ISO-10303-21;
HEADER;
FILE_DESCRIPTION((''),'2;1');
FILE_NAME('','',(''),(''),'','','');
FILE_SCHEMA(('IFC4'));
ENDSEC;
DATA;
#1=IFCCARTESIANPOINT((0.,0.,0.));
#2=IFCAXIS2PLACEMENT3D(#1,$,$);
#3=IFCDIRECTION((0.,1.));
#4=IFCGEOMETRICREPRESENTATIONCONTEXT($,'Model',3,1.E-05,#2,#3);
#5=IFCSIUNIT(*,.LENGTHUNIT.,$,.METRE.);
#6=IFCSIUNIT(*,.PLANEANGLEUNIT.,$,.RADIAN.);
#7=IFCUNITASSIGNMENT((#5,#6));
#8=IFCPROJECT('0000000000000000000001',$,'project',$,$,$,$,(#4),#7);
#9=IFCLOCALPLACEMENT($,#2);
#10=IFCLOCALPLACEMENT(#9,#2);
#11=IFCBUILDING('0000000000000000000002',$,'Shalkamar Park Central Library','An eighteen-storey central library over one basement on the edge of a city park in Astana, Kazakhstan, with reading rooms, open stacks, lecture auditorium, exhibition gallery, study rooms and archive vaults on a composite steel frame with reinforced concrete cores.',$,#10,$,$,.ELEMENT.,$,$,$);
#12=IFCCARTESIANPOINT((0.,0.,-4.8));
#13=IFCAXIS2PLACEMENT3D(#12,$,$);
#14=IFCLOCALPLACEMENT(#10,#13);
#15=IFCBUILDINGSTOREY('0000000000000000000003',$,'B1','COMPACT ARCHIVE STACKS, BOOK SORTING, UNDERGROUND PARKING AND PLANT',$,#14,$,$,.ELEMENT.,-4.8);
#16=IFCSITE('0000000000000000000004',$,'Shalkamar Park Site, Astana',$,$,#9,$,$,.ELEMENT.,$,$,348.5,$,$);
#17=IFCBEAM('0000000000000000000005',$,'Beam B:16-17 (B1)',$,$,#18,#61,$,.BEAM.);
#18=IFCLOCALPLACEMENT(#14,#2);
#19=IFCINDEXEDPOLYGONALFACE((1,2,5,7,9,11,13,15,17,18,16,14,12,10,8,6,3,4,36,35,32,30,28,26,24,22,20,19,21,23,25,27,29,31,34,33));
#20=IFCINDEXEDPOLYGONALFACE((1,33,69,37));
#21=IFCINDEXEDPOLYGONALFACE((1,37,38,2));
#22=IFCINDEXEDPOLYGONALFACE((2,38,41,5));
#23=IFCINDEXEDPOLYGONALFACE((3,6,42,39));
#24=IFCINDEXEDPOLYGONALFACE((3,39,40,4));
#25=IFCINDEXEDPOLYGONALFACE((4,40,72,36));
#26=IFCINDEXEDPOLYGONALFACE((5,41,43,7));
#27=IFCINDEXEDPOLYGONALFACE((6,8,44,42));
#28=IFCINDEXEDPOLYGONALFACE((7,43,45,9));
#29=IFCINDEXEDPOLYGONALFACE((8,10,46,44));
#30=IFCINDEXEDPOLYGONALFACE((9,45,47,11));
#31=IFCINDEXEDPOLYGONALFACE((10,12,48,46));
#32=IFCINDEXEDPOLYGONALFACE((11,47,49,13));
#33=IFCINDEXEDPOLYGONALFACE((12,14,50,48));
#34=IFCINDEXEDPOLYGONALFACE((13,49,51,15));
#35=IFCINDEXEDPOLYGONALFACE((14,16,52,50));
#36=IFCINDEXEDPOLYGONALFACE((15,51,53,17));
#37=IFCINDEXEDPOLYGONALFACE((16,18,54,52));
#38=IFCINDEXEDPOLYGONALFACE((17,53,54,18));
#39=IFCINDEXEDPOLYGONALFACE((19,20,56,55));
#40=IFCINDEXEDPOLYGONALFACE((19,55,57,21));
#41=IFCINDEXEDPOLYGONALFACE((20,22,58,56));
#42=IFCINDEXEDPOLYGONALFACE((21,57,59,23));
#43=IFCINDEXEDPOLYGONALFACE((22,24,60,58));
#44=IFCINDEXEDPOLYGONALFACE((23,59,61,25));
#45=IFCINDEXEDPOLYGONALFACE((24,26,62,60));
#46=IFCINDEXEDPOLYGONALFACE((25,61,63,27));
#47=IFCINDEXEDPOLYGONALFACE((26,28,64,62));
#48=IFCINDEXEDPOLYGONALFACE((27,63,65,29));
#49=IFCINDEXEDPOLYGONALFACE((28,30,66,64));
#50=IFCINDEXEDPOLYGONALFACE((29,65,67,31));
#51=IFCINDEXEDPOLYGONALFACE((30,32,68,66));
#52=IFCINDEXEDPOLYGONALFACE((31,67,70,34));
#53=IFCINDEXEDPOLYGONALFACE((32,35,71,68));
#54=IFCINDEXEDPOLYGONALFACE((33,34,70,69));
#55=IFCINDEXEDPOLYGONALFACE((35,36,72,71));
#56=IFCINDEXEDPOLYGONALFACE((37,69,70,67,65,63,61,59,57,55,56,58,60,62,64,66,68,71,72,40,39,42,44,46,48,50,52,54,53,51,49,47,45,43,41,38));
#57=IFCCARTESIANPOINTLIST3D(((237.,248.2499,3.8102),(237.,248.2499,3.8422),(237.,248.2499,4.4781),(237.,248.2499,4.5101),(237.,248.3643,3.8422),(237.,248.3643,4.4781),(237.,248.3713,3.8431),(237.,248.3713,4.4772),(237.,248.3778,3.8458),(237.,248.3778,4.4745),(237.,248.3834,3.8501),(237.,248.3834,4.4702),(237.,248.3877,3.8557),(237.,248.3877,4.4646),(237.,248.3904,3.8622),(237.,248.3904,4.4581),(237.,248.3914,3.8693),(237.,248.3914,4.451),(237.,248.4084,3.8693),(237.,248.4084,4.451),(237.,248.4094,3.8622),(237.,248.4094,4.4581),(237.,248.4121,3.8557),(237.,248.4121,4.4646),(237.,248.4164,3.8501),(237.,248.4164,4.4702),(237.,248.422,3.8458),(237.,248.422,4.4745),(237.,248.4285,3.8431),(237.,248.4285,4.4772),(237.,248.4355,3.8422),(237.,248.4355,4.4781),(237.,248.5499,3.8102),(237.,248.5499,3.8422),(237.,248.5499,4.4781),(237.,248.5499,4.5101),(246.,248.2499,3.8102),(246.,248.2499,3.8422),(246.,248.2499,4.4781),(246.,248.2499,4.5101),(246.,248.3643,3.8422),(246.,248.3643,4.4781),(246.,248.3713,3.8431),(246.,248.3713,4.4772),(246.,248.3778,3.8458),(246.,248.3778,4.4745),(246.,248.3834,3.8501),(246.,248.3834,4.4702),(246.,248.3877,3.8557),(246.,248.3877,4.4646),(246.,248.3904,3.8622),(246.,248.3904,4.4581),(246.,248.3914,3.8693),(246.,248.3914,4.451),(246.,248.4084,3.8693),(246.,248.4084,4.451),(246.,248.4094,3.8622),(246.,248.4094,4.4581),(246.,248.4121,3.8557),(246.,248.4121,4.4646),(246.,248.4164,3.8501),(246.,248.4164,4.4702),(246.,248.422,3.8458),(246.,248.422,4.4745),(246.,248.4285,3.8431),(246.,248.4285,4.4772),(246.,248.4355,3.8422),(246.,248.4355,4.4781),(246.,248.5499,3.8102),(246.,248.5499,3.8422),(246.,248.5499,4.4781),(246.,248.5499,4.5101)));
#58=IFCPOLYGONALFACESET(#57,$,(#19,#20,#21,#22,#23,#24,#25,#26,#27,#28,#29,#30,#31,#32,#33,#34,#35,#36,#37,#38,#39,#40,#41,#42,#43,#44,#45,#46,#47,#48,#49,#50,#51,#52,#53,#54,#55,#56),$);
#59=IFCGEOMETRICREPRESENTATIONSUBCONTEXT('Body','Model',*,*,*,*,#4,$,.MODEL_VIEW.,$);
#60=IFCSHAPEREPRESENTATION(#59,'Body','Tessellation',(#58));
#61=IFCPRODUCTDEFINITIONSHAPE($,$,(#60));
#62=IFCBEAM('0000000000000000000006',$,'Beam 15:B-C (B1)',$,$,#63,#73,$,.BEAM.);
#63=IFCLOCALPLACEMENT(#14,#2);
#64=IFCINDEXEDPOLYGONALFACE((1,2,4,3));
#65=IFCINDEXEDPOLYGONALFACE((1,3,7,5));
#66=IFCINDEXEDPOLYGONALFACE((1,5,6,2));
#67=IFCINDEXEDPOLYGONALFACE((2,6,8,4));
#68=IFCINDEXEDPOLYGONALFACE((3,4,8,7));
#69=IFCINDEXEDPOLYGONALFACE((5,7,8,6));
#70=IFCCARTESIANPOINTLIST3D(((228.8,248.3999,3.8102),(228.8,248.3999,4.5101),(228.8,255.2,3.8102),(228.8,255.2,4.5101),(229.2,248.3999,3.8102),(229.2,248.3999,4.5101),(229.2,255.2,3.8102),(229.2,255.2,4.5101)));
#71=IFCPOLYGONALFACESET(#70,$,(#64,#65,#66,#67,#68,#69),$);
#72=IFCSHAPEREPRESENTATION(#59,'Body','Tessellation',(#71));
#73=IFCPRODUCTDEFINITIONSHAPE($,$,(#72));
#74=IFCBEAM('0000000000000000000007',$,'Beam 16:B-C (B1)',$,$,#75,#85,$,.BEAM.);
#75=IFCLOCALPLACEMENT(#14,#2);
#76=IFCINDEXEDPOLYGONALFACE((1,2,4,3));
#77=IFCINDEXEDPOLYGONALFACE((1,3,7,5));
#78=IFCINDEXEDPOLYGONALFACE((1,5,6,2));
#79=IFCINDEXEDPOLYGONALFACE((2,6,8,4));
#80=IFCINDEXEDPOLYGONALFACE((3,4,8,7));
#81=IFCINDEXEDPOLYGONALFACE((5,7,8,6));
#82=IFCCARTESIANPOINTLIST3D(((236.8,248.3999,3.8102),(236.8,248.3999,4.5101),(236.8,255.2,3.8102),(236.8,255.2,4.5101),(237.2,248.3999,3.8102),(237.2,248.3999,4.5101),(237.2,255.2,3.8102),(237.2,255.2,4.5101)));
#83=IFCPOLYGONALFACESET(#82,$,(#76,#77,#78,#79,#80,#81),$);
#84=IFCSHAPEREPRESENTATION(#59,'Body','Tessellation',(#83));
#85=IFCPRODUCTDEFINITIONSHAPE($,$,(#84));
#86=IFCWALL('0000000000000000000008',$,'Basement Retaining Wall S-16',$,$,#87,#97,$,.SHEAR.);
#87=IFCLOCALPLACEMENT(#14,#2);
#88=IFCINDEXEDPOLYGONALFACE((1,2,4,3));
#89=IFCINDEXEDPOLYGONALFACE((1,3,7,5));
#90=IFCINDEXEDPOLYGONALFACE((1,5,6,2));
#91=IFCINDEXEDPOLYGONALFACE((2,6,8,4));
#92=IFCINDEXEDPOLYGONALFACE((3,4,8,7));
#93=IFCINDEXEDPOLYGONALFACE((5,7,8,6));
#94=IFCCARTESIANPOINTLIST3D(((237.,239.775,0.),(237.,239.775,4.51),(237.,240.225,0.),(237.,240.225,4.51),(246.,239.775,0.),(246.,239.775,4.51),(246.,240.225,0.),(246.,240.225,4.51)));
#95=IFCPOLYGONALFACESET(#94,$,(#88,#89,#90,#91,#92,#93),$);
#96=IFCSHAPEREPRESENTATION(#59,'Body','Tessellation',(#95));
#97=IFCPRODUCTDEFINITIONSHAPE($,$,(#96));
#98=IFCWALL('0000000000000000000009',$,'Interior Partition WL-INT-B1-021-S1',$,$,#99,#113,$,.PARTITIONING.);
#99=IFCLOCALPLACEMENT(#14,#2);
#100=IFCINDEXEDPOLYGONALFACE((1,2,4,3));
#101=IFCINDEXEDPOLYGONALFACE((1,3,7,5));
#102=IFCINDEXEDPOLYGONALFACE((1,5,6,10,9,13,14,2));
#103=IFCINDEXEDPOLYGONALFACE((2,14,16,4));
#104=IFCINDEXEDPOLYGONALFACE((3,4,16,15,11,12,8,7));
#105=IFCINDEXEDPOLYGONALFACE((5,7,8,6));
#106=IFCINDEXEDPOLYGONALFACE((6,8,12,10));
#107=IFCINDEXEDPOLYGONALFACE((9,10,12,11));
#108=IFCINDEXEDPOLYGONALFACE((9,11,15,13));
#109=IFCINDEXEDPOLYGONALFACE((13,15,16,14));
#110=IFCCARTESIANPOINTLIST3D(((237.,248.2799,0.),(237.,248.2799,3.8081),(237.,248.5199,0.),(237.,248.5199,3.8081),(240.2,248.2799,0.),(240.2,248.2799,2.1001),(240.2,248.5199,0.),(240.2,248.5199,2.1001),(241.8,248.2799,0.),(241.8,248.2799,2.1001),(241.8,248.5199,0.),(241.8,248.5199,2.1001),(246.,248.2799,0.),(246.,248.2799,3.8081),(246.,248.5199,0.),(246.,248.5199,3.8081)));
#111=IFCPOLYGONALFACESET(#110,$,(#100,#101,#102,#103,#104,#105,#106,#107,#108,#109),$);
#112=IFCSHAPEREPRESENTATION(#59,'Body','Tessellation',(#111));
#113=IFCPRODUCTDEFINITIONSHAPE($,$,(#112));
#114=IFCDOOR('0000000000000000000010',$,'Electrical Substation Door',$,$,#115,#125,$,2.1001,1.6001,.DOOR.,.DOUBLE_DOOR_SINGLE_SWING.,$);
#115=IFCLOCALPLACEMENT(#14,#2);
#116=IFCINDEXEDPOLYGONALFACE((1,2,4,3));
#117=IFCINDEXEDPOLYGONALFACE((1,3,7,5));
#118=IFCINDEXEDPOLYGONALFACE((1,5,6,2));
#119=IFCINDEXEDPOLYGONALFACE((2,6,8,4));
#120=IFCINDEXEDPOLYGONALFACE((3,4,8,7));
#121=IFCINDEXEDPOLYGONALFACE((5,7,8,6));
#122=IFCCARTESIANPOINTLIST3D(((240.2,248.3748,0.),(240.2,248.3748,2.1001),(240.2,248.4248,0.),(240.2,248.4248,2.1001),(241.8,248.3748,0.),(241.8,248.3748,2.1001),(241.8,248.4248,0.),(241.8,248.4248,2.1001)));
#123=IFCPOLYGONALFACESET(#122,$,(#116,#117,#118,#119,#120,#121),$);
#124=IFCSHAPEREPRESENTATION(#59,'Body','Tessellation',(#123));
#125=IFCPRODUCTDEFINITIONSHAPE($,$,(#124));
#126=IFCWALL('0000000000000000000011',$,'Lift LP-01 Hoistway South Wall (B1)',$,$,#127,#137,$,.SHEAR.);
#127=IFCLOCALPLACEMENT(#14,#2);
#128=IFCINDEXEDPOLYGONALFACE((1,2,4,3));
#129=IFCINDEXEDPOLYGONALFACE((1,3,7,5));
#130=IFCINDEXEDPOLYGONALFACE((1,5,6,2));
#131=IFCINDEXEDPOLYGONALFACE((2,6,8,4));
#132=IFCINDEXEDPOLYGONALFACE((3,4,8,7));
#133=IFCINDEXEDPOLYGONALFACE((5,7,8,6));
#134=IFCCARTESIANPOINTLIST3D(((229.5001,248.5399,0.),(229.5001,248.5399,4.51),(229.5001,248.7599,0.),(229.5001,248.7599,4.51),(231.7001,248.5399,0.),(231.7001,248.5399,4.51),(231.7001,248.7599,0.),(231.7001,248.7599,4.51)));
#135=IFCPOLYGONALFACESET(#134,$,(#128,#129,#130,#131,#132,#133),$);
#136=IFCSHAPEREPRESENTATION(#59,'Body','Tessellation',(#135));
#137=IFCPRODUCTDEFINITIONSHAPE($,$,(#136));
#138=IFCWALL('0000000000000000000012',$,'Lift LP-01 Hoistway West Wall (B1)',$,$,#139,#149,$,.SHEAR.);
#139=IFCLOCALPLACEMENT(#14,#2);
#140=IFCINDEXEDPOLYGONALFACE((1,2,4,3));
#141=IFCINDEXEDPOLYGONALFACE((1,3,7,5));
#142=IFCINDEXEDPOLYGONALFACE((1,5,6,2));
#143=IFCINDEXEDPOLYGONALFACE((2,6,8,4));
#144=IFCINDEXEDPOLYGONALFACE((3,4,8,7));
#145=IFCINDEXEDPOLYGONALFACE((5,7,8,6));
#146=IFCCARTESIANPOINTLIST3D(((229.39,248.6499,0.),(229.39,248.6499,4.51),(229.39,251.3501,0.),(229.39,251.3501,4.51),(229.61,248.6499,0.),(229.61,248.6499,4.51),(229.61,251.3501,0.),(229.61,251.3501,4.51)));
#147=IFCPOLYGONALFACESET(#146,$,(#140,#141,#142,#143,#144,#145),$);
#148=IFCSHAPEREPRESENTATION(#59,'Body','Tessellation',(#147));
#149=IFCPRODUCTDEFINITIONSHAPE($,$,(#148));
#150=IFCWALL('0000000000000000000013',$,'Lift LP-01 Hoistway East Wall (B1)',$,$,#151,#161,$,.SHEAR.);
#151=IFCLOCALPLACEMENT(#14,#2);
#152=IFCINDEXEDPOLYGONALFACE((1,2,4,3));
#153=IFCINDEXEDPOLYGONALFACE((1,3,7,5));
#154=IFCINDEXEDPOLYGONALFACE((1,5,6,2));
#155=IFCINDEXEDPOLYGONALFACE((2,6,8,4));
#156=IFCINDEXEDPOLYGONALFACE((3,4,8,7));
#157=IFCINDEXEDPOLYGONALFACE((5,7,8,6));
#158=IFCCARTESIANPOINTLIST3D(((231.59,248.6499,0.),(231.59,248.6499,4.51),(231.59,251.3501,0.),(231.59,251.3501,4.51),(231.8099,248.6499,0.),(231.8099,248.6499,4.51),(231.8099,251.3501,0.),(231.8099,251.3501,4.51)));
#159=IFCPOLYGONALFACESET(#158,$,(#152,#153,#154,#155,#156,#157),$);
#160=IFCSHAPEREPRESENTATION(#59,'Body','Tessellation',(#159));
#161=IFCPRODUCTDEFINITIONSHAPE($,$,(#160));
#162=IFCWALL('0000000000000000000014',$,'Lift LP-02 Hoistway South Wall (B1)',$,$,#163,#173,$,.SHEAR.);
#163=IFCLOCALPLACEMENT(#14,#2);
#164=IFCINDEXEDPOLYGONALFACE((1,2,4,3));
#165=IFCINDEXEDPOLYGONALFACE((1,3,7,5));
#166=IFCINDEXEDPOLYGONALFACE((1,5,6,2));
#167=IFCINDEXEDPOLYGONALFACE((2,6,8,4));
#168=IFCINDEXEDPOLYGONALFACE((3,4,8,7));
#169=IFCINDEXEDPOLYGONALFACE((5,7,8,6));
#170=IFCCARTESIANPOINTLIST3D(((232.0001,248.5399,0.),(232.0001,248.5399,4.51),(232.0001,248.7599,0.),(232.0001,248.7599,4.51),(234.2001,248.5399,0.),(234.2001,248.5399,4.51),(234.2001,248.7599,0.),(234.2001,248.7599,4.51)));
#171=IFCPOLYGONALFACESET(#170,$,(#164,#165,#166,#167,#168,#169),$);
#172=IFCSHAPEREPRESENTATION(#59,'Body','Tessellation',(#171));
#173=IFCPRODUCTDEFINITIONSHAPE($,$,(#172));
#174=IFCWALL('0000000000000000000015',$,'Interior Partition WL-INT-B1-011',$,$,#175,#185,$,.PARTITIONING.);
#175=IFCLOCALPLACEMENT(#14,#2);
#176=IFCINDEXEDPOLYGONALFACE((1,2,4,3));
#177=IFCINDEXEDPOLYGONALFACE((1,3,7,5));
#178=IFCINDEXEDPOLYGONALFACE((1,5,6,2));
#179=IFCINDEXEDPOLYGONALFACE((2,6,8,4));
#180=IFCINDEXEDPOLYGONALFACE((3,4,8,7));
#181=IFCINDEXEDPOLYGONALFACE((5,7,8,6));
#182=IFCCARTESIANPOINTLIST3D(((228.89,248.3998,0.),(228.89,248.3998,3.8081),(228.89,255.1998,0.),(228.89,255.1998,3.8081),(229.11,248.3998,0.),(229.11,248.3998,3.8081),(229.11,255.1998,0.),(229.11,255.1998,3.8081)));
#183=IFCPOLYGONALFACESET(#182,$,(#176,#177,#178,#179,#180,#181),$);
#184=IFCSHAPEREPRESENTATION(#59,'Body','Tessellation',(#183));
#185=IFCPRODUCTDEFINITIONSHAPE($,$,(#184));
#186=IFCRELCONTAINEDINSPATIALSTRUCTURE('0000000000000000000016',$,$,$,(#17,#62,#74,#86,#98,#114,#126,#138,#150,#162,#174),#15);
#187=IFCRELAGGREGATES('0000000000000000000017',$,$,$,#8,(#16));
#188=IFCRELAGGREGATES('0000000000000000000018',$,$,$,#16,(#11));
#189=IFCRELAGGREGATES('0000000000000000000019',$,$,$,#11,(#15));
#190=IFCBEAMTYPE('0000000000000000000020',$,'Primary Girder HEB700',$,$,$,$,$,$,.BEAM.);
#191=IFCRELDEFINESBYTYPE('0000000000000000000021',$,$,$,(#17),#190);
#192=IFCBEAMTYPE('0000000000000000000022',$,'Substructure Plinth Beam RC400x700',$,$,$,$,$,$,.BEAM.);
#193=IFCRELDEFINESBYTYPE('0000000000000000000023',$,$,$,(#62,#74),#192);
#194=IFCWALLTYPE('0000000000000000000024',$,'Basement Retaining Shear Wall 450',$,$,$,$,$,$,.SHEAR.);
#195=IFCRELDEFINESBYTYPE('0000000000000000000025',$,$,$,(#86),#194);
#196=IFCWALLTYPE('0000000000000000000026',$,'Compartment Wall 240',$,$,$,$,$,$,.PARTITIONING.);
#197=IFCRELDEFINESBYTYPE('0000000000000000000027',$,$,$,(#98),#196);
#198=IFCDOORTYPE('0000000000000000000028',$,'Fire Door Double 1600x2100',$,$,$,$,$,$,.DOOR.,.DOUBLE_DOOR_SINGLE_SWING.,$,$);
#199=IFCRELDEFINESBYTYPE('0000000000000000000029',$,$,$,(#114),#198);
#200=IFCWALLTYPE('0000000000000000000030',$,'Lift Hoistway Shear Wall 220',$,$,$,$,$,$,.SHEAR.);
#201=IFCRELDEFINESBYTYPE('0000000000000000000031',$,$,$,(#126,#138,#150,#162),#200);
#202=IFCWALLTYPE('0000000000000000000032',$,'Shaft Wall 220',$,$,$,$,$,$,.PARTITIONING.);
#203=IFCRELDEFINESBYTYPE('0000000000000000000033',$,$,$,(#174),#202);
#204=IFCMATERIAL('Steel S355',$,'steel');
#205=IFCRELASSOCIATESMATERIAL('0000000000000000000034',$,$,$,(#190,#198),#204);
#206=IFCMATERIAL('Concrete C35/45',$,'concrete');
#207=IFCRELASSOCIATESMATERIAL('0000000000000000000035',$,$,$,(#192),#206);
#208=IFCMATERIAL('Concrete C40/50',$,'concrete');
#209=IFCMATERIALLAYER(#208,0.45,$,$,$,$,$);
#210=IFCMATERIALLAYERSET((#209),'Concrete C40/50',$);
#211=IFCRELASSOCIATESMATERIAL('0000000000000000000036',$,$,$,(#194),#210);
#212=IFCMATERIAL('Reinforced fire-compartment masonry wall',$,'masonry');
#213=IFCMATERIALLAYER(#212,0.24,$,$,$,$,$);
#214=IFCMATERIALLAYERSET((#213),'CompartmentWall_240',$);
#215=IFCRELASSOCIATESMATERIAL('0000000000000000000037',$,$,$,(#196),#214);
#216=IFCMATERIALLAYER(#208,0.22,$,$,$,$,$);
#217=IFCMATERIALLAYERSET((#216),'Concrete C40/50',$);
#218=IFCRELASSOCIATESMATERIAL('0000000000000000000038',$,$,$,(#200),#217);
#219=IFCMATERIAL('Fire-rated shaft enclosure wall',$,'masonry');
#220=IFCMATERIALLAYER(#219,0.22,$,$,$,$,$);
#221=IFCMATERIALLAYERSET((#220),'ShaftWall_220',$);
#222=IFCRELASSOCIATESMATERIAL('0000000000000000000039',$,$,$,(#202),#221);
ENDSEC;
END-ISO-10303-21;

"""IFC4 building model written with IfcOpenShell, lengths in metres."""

from ifc_helpers import new_model, si_unit, direction, frame, frame_2d, origin, origin_2d, place, context, subcontext, project, spatial, rectangle, i_section, extrude, material, layer, layer_set, material_profile, profile_set, type_object, element, fill, save


model = new_model("IFC4")

# Units and contexts
model_context = context("Model", 3, precision=1e-05, world=origin(), true_north=direction((0.0, 1.0)))
body_context = subcontext(model_context, "Body", "Model", "MODEL_VIEW")
ifc_project = project(units=[si_unit("LENGTHUNIT", "METRE"), si_unit("PLANEANGLEUNIT", "RADIAN")], contexts=[model_context])

# Site, building, storey
site_placement = place(None, origin())
site = spatial("IfcSite", under=ifc_project, at=site_placement, Name="Shalkamar Park Site, Astana", CompositionType="ELEMENT", RefElevation=348.5)
building_placement = place(site_placement, origin())
building = spatial("IfcBuilding", under=site, at=building_placement, Name="Shalkamar Park Central Library", Description="An eighteen-storey central library over one basement on the edge of a city park in Astana, Kazakhstan, with reading rooms, open stacks, lecture auditorium, exhibition gallery, study rooms and archive vaults on a composite steel frame with reinforced concrete cores.", CompositionType="ELEMENT")
storey_placement = place(building_placement, frame((0.0, 0.0, -4.8)))
storey = spatial("IfcBuildingStorey", under=building, at=storey_placement, Name="B1", Description="COMPACT ARCHIVE STACKS, BOOK SORTING, UNDERGROUND PARKING AND PLANT", CompositionType="ELEMENT", Elevation=-4.8)

# Shared definitions
ifc_material_1 = material(Name="Concrete C35/45", Category="concrete")

# Shared definitions
ifc_material_2 = material(Name="Concrete C40/50", Category="concrete")
ifc_material_3 = material(Name="Steel S355", Category="steel")

# Beams
ifc_material_profile_1 = material_profile(ifc_material_3, i_section(OverallWidth=0.3, OverallDepth=0.7, WebThickness=0.0171, FlangeThickness=0.032, FilletRadius=0.0271, at=origin_2d()), Name="HEB 700")
ifc_profile_set_1 = profile_set([ifc_material_profile_1], Name="Steel S355")
beam_type_1 = type_object("IfcBeamType", Name="Primary Girder HEB700", PredefinedType="BEAM", material=ifc_profile_set_1)
for number, where, z_axis, x_axis, name in (
    (1, (237.0, 248.3999, 4.1602), (1.0, 0.0, 0.0), (0.0, 1.0, 0.0), "Beam B:16-17 (B1)"),
):
    element("IfcBeam", number, at=place(storey_placement, frame(where, z_axis=z_axis, x_axis=x_axis)), inside=storey, type_object=beam_type_1, Name=name, PredefinedType="BEAM", context=body_context, shape_type="SweptSolid", body=[
        extrude(i_section(OverallWidth=0.3, OverallDepth=0.7, WebThickness=0.0171, FlangeThickness=0.032, FilletRadius=0.0271, at=origin_2d()), origin(), (0.0, 0.0, 1.0), 9.0),
    ])
ifc_material_profile_2 = material_profile(ifc_material_1, rectangle(XDim=0.3999, YDim=0.7, at=origin_2d()), Name="RC 400x700")
ifc_profile_set_2 = profile_set([ifc_material_profile_2], Name="Concrete C35/45")
beam_type_2 = type_object("IfcBeamType", Name="Substructure Plinth Beam RC400x700", PredefinedType="BEAM", material=ifc_profile_set_2)
for number, where, z_axis, x_axis, name in (
    (2, (229.0, 248.3999, 4.1602), (0.0, 1.0, 0.0), (-1.0, 0.0, 0.0), "Beam 15:B-C (B1)"),
    (3, (237.0, 248.3999, 4.1602), (0.0, 1.0, 0.0), (-1.0, 0.0, 0.0), "Beam 16:B-C (B1)"),
):
    element("IfcBeam", number, at=place(storey_placement, frame(where, z_axis=z_axis, x_axis=x_axis)), inside=storey, type_object=beam_type_2, Name=name, PredefinedType="BEAM", context=body_context, shape_type="SweptSolid", body=[
        extrude(rectangle(XDim=0.3999, YDim=0.7, at=origin_2d()), origin(), (0.0, 0.0, 1.0), 6.8),
    ])

# Wall
ifc_layer_1 = layer(ifc_material_2, 0.45)
ifc_layer_set_1 = layer_set([ifc_layer_1], Name="Concrete C40/50")
wall_type_1 = type_object("IfcWallType", Name="Basement Retaining Shear Wall 450", PredefinedType="SHEAR", material=ifc_layer_set_1)
wall_1_placement = place(storey_placement, frame((237.0, 240.0, 0.0), z_axis=(0.0, 0.0, 1.0), x_axis=(1.0, 0.0, 0.0)))
element("IfcWall", 4, at=wall_1_placement, inside=storey, type_object=wall_type_1, Name="Basement Retaining Wall S-16", PredefinedType="SHEAR", context=body_context, shape_type="SweptSolid", body=[
    extrude(rectangle(XDim=9.0, YDim=0.45, at=frame_2d((4.5, 0.0))), origin(), (0.0, 0.0, 1.0), 4.51),
])

# Wall, opening, door
ifc_material_4 = material(Name="Reinforced fire-compartment masonry wall", Category="masonry")
ifc_layer_2 = layer(ifc_material_4, 0.24)
ifc_layer_set_2 = layer_set([ifc_layer_2], Name="CompartmentWall_240")
wall_type_2 = type_object("IfcWallType", Name="Compartment Wall 240", PredefinedType="PARTITIONING", material=ifc_layer_set_2)
wall_2_placement = place(storey_placement, frame((237.0, 248.3999, 0.0), z_axis=(0.0, 0.0, 1.0), x_axis=(1.0, 0.0, 0.0)))
wall_2 = element("IfcWall", 5, at=wall_2_placement, inside=storey, type_object=wall_type_2, Name="Interior Partition WL-INT-B1-021-S1", PredefinedType="PARTITIONING", context=body_context, shape_type="SweptSolid", body=[
    extrude(rectangle(XDim=9.0, YDim=0.24, at=frame_2d((4.5, 0.0))), origin(), (0.0, 0.0, 1.0), 3.8081),
])
opening_placement = place(wall_2_placement, frame((3.2, 0.0, 0.0)))
opening = element("IfcOpeningElement", 6, at=opening_placement, cuts=wall_2, PredefinedType="OPENING", context=body_context, shape_type="SweptSolid", body=[
    extrude(rectangle(XDim=1.6001, YDim=2.1001, at=frame_2d((0.8, 1.05))), frame((0.0, 0.1348, 0.0), z_axis=(0.0, -1.0, 0.0), x_axis=(1.0, 0.0, 0.0)), (0.0, 0.0, 1.0), 0.2698),
])
door_type = type_object("IfcDoorType", Name="Fire Door Double 1600x2100", OperationType="DOUBLE_DOOR_SINGLE_SWING", PredefinedType="DOOR", material=ifc_material_3)
door_placement = place(opening_placement, origin())
door = element("IfcDoor", 7, at=door_placement, inside=storey, type_object=door_type, Name="Electrical Substation Door", OperationType="DOUBLE_DOOR_SINGLE_SWING", OverallHeight=2.1001, OverallWidth=1.6001, PredefinedType="DOOR", context=body_context, shape_type="SweptSolid", body=[
    extrude(rectangle(XDim=1.6001, YDim=2.1001, at=frame_2d((0.8, 1.05))), frame((0.0, 0.0249, 0.0), z_axis=(0.0, -1.0, 0.0), x_axis=(1.0, 0.0, 0.0)), (0.0, 0.0, 1.0), 0.05),
])
fill(opening, door)

# Walls
ifc_layer_3 = layer(ifc_material_2, 0.22)
ifc_layer_set_3 = layer_set([ifc_layer_3], Name="Concrete C40/50")
wall_type_3 = type_object("IfcWallType", Name="Lift Hoistway Shear Wall 220", PredefinedType="SHEAR", material=ifc_layer_set_3)
wall_3_placement = place(storey_placement, frame((229.5, 248.6499, 0.0), z_axis=(0.0, 0.0, 1.0), x_axis=(1.0, 0.0, 0.0)))
element("IfcWall", 8, at=wall_3_placement, inside=storey, type_object=wall_type_3, Name="Lift LP-01 Hoistway South Wall (B1)", PredefinedType="SHEAR", context=body_context, shape_type="SweptSolid", body=[
    extrude(rectangle(XDim=2.2, YDim=0.22, at=frame_2d((1.1001, 0.0))), origin(), (0.0, 0.0, 1.0), 4.51),
])
for number, where, z_axis, x_axis, name in (
    (9, (229.5, 248.6499, 0.0), (0.0, 0.0, 1.0), (0.0, 1.0, 0.0), "Lift LP-01 Hoistway West Wall (B1)"),
    (10, (231.7, 248.6499, 0.0), (0.0, 0.0, 1.0), (0.0, 1.0, 0.0), "Lift LP-01 Hoistway East Wall (B1)"),
):
    element("IfcWall", number, at=place(storey_placement, frame(where, z_axis=z_axis, x_axis=x_axis)), inside=storey, type_object=wall_type_3, Name=name, PredefinedType="SHEAR", context=body_context, shape_type="SweptSolid", body=[
        extrude(rectangle(XDim=2.7002, YDim=0.22, at=frame_2d((1.3501, 0.0))), origin(), (0.0, 0.0, 1.0), 4.51),
    ])
wall_4_placement = place(storey_placement, frame((232.0, 248.6499, 0.0), z_axis=(0.0, 0.0, 1.0), x_axis=(1.0, 0.0, 0.0)))
element("IfcWall", 11, at=wall_4_placement, inside=storey, type_object=wall_type_3, Name="Lift LP-02 Hoistway South Wall (B1)", PredefinedType="SHEAR", context=body_context, shape_type="SweptSolid", body=[
    extrude(rectangle(XDim=2.2, YDim=0.22, at=frame_2d((1.1001, 0.0))), origin(), (0.0, 0.0, 1.0), 4.51),
])
ifc_material_5 = material(Name="Fire-rated shaft enclosure wall", Category="masonry")
ifc_layer_4 = layer(ifc_material_5, 0.22)
ifc_layer_set_4 = layer_set([ifc_layer_4], Name="ShaftWall_220")
wall_type_4 = type_object("IfcWallType", Name="Shaft Wall 220", PredefinedType="PARTITIONING", material=ifc_layer_set_4)
for number, where, z_axis, x_axis, name in (
    (12, (229.0, 248.3999, 0.0), (0.0, 0.0, 1.0), (0.0, 1.0, 0.0), "Interior Partition WL-INT-B1-011"),
):
    element("IfcWall", number, at=place(storey_placement, frame(where, z_axis=z_axis, x_axis=x_axis)), inside=storey, type_object=wall_type_4, Name=name, PredefinedType="PARTITIONING", context=body_context, shape_type="SweptSolid", body=[
        extrude(rectangle(XDim=6.8, YDim=0.22, at=frame_2d((3.3999, 0.0))), origin(), (0.0, 0.0, 1.0), 3.8081),
    ])

save(model, "model.ifc")
